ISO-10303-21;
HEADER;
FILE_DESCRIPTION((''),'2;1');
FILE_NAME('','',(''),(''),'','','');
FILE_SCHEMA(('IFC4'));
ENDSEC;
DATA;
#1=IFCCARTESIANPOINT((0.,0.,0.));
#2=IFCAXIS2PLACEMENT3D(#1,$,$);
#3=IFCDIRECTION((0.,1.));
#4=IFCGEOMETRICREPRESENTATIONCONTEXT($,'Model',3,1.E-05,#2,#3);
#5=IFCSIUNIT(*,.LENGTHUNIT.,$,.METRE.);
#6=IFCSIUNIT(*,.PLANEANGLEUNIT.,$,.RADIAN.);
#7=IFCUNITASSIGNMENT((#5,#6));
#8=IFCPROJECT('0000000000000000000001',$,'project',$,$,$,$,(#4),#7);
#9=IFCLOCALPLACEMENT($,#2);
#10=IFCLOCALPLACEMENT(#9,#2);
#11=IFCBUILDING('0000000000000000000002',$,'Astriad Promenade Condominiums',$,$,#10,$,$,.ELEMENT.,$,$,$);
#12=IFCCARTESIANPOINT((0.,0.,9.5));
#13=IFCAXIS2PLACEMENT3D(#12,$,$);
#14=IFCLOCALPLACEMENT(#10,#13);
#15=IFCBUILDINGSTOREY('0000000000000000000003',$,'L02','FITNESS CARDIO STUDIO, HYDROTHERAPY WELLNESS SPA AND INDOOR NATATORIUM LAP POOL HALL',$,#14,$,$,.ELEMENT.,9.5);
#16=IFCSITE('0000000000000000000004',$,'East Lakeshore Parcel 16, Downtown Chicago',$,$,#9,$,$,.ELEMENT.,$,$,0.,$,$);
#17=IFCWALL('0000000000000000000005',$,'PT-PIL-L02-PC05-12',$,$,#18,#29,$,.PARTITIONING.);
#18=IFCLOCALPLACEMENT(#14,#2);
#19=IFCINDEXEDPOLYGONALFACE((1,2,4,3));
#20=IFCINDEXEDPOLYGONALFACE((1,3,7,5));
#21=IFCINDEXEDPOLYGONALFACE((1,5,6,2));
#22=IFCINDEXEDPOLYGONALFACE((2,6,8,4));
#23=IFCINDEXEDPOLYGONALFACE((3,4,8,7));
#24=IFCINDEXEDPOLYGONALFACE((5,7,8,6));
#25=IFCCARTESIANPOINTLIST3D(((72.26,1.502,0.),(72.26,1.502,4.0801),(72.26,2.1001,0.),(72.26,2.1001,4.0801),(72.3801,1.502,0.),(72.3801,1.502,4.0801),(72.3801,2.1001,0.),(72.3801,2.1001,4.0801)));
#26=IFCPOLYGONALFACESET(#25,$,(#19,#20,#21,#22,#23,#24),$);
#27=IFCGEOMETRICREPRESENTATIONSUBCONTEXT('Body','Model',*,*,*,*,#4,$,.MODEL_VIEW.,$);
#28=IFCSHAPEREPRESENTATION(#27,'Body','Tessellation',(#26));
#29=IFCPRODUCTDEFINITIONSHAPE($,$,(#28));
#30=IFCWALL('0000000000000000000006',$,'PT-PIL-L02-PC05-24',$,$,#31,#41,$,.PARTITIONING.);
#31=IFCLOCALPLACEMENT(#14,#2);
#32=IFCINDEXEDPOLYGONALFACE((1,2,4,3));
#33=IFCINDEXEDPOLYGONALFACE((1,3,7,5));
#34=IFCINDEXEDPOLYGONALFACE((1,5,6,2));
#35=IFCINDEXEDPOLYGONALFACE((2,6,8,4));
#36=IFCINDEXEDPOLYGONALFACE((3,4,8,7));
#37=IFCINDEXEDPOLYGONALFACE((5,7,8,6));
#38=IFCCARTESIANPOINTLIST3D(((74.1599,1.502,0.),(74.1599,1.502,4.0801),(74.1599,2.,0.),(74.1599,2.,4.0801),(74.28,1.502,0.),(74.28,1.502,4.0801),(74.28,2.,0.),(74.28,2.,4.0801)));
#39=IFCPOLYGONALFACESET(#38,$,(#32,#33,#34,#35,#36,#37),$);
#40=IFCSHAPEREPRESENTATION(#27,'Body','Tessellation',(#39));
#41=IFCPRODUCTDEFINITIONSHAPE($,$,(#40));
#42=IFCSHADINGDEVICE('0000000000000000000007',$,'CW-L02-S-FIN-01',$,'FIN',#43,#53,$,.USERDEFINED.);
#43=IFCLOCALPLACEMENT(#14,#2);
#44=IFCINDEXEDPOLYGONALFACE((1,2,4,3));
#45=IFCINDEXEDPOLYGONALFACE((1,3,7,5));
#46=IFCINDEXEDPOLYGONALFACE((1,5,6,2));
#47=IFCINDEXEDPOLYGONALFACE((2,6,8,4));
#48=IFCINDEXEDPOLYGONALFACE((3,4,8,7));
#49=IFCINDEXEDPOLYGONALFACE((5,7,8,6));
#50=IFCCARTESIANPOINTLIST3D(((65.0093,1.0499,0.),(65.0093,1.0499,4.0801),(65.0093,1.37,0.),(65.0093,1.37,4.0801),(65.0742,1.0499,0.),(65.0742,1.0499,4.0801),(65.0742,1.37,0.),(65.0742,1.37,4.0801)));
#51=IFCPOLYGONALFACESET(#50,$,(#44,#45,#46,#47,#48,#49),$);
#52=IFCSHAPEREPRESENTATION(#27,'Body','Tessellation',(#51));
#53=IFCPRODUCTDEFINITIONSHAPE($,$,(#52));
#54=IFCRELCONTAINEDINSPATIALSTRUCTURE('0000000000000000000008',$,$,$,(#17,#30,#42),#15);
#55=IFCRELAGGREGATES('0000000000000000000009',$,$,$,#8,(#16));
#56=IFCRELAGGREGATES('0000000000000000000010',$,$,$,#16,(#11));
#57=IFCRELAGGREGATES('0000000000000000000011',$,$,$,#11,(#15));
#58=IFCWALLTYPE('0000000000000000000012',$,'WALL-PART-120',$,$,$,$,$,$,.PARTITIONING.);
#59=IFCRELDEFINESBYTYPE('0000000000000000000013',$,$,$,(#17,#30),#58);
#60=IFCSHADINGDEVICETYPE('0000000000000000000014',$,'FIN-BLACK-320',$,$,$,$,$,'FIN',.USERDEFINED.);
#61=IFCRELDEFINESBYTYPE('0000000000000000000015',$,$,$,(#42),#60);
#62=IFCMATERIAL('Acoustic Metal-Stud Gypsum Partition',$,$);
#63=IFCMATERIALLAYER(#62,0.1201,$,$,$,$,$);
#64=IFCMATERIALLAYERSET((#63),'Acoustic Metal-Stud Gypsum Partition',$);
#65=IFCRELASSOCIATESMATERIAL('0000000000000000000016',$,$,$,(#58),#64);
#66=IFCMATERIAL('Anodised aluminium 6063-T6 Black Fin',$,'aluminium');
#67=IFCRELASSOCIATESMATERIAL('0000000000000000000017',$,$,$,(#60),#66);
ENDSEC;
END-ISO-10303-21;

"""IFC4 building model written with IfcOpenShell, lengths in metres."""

from ifc_helpers import new_model, si_unit, direction, frame, frame_2d, origin, origin_2d, place, context, subcontext, project, spatial, rectangle, extrude, source, transform, mapped, material, layer, layer_set, type_object, type_shapes, element, save


model = new_model("IFC4")

# Units and contexts
model_context = context("Model", 3, precision=1e-05, world=origin(), true_north=direction((0.0, 1.0)))
body_context = subcontext(model_context, "Body", "Model", "MODEL_VIEW")
ifc_project = project(units=[si_unit("LENGTHUNIT", "METRE"), si_unit("PLANEANGLEUNIT", "RADIAN")], contexts=[model_context])

# Site, building, storey
site_placement = place(None, origin())
site = spatial("IfcSite", under=ifc_project, at=site_placement, Name="East Lakeshore Parcel 16, Downtown Chicago", CompositionType="ELEMENT", RefElevation=0.0)
building_placement = place(site_placement, origin())
building = spatial("IfcBuilding", under=site, at=building_placement, Name="Astriad Promenade Condominiums", CompositionType="ELEMENT")
storey_placement = place(building_placement, frame((0.0, 0.0, 9.5)))
storey = spatial("IfcBuildingStorey", under=building, at=storey_placement, Name="L02", Description="FITNESS CARDIO STUDIO, HYDROTHERAPY WELLNESS SPA AND INDOOR NATATORIUM LAP POOL HALL", CompositionType="ELEMENT", Elevation=9.5)

# Walls
ifc_material_1 = material(Name="Acoustic Metal-Stud Gypsum Partition")
ifc_layer_1 = layer(ifc_material_1, 0.1201)
ifc_layer_set_1 = layer_set([ifc_layer_1], Name="Acoustic Metal-Stud Gypsum Partition")
wall_type_1 = type_object("IfcWallType", Name="WALL-PART-120", PredefinedType="PARTITIONING", material=ifc_layer_set_1)
wall_1_placement = place(storey_placement, frame((72.3201, 2.1001, 0.0), z_axis=(0.0, 0.0, 1.0), x_axis=(0.0, -1.0, 0.0)))
element("IfcWall", 1, at=wall_1_placement, inside=storey, type_object=wall_type_1, Name="PT-PIL-L02-PC05-12", PredefinedType="PARTITIONING", context=body_context, shape_type="SweptSolid", body=[
    extrude(rectangle(XDim=0.5981, YDim=0.1201, at=frame_2d((0.2991, 0.0))), origin(), (0.0, 0.0, 1.0), 4.0801),
])
wall_2_placement = place(storey_placement, frame((74.22, 2.0, 0.0), z_axis=(0.0, 0.0, 1.0), x_axis=(0.0, -1.0, 0.0)))
element("IfcWall", 2, at=wall_2_placement, inside=storey, type_object=wall_type_1, Name="PT-PIL-L02-PC05-24", PredefinedType="PARTITIONING", context=body_context, shape_type="SweptSolid", body=[
    extrude(rectangle(XDim=0.498, YDim=0.1201, at=frame_2d((0.249, 0.0))), origin(), (0.0, 0.0, 1.0), 4.0801),
])

# Shading device
ifc_material_2 = material(Name="Anodised aluminium 6063-T6 Black Fin", Category="aluminium")
shading_device_type = type_object("IfcShadingDeviceType", Name="FIN-BLACK-320", ElementType="FIN", PredefinedType="USERDEFINED", material=ifc_material_2)
shared_shape_1 = source(origin(), body_context, "Body", "SweptSolid", [
    extrude(rectangle(XDim=0.0649, YDim=0.3201, at=origin_2d()), origin(), (0.0, 0.0, 1.0), 4.0801),
])
type_shapes(shading_device_type, [shared_shape_1])
shading_device_placement = place(storey_placement, frame((65.0417, 1.21, 0.0), z_axis=(0.0, 0.0, 1.0), x_axis=(-1.0, 0.0, 0.0)))
element("IfcShadingDevice", 3, at=shading_device_placement, inside=storey, type_object=shading_device_type, Name="CW-L02-S-FIN-01", ObjectType="FIN", PredefinedType="USERDEFINED", context=body_context, shape_type="MappedRepresentation", body=[
    mapped(shared_shape_1, transform((0.0, 0.0, 0.0), scale=1.0)),
])

save(model, "model.ifc")
